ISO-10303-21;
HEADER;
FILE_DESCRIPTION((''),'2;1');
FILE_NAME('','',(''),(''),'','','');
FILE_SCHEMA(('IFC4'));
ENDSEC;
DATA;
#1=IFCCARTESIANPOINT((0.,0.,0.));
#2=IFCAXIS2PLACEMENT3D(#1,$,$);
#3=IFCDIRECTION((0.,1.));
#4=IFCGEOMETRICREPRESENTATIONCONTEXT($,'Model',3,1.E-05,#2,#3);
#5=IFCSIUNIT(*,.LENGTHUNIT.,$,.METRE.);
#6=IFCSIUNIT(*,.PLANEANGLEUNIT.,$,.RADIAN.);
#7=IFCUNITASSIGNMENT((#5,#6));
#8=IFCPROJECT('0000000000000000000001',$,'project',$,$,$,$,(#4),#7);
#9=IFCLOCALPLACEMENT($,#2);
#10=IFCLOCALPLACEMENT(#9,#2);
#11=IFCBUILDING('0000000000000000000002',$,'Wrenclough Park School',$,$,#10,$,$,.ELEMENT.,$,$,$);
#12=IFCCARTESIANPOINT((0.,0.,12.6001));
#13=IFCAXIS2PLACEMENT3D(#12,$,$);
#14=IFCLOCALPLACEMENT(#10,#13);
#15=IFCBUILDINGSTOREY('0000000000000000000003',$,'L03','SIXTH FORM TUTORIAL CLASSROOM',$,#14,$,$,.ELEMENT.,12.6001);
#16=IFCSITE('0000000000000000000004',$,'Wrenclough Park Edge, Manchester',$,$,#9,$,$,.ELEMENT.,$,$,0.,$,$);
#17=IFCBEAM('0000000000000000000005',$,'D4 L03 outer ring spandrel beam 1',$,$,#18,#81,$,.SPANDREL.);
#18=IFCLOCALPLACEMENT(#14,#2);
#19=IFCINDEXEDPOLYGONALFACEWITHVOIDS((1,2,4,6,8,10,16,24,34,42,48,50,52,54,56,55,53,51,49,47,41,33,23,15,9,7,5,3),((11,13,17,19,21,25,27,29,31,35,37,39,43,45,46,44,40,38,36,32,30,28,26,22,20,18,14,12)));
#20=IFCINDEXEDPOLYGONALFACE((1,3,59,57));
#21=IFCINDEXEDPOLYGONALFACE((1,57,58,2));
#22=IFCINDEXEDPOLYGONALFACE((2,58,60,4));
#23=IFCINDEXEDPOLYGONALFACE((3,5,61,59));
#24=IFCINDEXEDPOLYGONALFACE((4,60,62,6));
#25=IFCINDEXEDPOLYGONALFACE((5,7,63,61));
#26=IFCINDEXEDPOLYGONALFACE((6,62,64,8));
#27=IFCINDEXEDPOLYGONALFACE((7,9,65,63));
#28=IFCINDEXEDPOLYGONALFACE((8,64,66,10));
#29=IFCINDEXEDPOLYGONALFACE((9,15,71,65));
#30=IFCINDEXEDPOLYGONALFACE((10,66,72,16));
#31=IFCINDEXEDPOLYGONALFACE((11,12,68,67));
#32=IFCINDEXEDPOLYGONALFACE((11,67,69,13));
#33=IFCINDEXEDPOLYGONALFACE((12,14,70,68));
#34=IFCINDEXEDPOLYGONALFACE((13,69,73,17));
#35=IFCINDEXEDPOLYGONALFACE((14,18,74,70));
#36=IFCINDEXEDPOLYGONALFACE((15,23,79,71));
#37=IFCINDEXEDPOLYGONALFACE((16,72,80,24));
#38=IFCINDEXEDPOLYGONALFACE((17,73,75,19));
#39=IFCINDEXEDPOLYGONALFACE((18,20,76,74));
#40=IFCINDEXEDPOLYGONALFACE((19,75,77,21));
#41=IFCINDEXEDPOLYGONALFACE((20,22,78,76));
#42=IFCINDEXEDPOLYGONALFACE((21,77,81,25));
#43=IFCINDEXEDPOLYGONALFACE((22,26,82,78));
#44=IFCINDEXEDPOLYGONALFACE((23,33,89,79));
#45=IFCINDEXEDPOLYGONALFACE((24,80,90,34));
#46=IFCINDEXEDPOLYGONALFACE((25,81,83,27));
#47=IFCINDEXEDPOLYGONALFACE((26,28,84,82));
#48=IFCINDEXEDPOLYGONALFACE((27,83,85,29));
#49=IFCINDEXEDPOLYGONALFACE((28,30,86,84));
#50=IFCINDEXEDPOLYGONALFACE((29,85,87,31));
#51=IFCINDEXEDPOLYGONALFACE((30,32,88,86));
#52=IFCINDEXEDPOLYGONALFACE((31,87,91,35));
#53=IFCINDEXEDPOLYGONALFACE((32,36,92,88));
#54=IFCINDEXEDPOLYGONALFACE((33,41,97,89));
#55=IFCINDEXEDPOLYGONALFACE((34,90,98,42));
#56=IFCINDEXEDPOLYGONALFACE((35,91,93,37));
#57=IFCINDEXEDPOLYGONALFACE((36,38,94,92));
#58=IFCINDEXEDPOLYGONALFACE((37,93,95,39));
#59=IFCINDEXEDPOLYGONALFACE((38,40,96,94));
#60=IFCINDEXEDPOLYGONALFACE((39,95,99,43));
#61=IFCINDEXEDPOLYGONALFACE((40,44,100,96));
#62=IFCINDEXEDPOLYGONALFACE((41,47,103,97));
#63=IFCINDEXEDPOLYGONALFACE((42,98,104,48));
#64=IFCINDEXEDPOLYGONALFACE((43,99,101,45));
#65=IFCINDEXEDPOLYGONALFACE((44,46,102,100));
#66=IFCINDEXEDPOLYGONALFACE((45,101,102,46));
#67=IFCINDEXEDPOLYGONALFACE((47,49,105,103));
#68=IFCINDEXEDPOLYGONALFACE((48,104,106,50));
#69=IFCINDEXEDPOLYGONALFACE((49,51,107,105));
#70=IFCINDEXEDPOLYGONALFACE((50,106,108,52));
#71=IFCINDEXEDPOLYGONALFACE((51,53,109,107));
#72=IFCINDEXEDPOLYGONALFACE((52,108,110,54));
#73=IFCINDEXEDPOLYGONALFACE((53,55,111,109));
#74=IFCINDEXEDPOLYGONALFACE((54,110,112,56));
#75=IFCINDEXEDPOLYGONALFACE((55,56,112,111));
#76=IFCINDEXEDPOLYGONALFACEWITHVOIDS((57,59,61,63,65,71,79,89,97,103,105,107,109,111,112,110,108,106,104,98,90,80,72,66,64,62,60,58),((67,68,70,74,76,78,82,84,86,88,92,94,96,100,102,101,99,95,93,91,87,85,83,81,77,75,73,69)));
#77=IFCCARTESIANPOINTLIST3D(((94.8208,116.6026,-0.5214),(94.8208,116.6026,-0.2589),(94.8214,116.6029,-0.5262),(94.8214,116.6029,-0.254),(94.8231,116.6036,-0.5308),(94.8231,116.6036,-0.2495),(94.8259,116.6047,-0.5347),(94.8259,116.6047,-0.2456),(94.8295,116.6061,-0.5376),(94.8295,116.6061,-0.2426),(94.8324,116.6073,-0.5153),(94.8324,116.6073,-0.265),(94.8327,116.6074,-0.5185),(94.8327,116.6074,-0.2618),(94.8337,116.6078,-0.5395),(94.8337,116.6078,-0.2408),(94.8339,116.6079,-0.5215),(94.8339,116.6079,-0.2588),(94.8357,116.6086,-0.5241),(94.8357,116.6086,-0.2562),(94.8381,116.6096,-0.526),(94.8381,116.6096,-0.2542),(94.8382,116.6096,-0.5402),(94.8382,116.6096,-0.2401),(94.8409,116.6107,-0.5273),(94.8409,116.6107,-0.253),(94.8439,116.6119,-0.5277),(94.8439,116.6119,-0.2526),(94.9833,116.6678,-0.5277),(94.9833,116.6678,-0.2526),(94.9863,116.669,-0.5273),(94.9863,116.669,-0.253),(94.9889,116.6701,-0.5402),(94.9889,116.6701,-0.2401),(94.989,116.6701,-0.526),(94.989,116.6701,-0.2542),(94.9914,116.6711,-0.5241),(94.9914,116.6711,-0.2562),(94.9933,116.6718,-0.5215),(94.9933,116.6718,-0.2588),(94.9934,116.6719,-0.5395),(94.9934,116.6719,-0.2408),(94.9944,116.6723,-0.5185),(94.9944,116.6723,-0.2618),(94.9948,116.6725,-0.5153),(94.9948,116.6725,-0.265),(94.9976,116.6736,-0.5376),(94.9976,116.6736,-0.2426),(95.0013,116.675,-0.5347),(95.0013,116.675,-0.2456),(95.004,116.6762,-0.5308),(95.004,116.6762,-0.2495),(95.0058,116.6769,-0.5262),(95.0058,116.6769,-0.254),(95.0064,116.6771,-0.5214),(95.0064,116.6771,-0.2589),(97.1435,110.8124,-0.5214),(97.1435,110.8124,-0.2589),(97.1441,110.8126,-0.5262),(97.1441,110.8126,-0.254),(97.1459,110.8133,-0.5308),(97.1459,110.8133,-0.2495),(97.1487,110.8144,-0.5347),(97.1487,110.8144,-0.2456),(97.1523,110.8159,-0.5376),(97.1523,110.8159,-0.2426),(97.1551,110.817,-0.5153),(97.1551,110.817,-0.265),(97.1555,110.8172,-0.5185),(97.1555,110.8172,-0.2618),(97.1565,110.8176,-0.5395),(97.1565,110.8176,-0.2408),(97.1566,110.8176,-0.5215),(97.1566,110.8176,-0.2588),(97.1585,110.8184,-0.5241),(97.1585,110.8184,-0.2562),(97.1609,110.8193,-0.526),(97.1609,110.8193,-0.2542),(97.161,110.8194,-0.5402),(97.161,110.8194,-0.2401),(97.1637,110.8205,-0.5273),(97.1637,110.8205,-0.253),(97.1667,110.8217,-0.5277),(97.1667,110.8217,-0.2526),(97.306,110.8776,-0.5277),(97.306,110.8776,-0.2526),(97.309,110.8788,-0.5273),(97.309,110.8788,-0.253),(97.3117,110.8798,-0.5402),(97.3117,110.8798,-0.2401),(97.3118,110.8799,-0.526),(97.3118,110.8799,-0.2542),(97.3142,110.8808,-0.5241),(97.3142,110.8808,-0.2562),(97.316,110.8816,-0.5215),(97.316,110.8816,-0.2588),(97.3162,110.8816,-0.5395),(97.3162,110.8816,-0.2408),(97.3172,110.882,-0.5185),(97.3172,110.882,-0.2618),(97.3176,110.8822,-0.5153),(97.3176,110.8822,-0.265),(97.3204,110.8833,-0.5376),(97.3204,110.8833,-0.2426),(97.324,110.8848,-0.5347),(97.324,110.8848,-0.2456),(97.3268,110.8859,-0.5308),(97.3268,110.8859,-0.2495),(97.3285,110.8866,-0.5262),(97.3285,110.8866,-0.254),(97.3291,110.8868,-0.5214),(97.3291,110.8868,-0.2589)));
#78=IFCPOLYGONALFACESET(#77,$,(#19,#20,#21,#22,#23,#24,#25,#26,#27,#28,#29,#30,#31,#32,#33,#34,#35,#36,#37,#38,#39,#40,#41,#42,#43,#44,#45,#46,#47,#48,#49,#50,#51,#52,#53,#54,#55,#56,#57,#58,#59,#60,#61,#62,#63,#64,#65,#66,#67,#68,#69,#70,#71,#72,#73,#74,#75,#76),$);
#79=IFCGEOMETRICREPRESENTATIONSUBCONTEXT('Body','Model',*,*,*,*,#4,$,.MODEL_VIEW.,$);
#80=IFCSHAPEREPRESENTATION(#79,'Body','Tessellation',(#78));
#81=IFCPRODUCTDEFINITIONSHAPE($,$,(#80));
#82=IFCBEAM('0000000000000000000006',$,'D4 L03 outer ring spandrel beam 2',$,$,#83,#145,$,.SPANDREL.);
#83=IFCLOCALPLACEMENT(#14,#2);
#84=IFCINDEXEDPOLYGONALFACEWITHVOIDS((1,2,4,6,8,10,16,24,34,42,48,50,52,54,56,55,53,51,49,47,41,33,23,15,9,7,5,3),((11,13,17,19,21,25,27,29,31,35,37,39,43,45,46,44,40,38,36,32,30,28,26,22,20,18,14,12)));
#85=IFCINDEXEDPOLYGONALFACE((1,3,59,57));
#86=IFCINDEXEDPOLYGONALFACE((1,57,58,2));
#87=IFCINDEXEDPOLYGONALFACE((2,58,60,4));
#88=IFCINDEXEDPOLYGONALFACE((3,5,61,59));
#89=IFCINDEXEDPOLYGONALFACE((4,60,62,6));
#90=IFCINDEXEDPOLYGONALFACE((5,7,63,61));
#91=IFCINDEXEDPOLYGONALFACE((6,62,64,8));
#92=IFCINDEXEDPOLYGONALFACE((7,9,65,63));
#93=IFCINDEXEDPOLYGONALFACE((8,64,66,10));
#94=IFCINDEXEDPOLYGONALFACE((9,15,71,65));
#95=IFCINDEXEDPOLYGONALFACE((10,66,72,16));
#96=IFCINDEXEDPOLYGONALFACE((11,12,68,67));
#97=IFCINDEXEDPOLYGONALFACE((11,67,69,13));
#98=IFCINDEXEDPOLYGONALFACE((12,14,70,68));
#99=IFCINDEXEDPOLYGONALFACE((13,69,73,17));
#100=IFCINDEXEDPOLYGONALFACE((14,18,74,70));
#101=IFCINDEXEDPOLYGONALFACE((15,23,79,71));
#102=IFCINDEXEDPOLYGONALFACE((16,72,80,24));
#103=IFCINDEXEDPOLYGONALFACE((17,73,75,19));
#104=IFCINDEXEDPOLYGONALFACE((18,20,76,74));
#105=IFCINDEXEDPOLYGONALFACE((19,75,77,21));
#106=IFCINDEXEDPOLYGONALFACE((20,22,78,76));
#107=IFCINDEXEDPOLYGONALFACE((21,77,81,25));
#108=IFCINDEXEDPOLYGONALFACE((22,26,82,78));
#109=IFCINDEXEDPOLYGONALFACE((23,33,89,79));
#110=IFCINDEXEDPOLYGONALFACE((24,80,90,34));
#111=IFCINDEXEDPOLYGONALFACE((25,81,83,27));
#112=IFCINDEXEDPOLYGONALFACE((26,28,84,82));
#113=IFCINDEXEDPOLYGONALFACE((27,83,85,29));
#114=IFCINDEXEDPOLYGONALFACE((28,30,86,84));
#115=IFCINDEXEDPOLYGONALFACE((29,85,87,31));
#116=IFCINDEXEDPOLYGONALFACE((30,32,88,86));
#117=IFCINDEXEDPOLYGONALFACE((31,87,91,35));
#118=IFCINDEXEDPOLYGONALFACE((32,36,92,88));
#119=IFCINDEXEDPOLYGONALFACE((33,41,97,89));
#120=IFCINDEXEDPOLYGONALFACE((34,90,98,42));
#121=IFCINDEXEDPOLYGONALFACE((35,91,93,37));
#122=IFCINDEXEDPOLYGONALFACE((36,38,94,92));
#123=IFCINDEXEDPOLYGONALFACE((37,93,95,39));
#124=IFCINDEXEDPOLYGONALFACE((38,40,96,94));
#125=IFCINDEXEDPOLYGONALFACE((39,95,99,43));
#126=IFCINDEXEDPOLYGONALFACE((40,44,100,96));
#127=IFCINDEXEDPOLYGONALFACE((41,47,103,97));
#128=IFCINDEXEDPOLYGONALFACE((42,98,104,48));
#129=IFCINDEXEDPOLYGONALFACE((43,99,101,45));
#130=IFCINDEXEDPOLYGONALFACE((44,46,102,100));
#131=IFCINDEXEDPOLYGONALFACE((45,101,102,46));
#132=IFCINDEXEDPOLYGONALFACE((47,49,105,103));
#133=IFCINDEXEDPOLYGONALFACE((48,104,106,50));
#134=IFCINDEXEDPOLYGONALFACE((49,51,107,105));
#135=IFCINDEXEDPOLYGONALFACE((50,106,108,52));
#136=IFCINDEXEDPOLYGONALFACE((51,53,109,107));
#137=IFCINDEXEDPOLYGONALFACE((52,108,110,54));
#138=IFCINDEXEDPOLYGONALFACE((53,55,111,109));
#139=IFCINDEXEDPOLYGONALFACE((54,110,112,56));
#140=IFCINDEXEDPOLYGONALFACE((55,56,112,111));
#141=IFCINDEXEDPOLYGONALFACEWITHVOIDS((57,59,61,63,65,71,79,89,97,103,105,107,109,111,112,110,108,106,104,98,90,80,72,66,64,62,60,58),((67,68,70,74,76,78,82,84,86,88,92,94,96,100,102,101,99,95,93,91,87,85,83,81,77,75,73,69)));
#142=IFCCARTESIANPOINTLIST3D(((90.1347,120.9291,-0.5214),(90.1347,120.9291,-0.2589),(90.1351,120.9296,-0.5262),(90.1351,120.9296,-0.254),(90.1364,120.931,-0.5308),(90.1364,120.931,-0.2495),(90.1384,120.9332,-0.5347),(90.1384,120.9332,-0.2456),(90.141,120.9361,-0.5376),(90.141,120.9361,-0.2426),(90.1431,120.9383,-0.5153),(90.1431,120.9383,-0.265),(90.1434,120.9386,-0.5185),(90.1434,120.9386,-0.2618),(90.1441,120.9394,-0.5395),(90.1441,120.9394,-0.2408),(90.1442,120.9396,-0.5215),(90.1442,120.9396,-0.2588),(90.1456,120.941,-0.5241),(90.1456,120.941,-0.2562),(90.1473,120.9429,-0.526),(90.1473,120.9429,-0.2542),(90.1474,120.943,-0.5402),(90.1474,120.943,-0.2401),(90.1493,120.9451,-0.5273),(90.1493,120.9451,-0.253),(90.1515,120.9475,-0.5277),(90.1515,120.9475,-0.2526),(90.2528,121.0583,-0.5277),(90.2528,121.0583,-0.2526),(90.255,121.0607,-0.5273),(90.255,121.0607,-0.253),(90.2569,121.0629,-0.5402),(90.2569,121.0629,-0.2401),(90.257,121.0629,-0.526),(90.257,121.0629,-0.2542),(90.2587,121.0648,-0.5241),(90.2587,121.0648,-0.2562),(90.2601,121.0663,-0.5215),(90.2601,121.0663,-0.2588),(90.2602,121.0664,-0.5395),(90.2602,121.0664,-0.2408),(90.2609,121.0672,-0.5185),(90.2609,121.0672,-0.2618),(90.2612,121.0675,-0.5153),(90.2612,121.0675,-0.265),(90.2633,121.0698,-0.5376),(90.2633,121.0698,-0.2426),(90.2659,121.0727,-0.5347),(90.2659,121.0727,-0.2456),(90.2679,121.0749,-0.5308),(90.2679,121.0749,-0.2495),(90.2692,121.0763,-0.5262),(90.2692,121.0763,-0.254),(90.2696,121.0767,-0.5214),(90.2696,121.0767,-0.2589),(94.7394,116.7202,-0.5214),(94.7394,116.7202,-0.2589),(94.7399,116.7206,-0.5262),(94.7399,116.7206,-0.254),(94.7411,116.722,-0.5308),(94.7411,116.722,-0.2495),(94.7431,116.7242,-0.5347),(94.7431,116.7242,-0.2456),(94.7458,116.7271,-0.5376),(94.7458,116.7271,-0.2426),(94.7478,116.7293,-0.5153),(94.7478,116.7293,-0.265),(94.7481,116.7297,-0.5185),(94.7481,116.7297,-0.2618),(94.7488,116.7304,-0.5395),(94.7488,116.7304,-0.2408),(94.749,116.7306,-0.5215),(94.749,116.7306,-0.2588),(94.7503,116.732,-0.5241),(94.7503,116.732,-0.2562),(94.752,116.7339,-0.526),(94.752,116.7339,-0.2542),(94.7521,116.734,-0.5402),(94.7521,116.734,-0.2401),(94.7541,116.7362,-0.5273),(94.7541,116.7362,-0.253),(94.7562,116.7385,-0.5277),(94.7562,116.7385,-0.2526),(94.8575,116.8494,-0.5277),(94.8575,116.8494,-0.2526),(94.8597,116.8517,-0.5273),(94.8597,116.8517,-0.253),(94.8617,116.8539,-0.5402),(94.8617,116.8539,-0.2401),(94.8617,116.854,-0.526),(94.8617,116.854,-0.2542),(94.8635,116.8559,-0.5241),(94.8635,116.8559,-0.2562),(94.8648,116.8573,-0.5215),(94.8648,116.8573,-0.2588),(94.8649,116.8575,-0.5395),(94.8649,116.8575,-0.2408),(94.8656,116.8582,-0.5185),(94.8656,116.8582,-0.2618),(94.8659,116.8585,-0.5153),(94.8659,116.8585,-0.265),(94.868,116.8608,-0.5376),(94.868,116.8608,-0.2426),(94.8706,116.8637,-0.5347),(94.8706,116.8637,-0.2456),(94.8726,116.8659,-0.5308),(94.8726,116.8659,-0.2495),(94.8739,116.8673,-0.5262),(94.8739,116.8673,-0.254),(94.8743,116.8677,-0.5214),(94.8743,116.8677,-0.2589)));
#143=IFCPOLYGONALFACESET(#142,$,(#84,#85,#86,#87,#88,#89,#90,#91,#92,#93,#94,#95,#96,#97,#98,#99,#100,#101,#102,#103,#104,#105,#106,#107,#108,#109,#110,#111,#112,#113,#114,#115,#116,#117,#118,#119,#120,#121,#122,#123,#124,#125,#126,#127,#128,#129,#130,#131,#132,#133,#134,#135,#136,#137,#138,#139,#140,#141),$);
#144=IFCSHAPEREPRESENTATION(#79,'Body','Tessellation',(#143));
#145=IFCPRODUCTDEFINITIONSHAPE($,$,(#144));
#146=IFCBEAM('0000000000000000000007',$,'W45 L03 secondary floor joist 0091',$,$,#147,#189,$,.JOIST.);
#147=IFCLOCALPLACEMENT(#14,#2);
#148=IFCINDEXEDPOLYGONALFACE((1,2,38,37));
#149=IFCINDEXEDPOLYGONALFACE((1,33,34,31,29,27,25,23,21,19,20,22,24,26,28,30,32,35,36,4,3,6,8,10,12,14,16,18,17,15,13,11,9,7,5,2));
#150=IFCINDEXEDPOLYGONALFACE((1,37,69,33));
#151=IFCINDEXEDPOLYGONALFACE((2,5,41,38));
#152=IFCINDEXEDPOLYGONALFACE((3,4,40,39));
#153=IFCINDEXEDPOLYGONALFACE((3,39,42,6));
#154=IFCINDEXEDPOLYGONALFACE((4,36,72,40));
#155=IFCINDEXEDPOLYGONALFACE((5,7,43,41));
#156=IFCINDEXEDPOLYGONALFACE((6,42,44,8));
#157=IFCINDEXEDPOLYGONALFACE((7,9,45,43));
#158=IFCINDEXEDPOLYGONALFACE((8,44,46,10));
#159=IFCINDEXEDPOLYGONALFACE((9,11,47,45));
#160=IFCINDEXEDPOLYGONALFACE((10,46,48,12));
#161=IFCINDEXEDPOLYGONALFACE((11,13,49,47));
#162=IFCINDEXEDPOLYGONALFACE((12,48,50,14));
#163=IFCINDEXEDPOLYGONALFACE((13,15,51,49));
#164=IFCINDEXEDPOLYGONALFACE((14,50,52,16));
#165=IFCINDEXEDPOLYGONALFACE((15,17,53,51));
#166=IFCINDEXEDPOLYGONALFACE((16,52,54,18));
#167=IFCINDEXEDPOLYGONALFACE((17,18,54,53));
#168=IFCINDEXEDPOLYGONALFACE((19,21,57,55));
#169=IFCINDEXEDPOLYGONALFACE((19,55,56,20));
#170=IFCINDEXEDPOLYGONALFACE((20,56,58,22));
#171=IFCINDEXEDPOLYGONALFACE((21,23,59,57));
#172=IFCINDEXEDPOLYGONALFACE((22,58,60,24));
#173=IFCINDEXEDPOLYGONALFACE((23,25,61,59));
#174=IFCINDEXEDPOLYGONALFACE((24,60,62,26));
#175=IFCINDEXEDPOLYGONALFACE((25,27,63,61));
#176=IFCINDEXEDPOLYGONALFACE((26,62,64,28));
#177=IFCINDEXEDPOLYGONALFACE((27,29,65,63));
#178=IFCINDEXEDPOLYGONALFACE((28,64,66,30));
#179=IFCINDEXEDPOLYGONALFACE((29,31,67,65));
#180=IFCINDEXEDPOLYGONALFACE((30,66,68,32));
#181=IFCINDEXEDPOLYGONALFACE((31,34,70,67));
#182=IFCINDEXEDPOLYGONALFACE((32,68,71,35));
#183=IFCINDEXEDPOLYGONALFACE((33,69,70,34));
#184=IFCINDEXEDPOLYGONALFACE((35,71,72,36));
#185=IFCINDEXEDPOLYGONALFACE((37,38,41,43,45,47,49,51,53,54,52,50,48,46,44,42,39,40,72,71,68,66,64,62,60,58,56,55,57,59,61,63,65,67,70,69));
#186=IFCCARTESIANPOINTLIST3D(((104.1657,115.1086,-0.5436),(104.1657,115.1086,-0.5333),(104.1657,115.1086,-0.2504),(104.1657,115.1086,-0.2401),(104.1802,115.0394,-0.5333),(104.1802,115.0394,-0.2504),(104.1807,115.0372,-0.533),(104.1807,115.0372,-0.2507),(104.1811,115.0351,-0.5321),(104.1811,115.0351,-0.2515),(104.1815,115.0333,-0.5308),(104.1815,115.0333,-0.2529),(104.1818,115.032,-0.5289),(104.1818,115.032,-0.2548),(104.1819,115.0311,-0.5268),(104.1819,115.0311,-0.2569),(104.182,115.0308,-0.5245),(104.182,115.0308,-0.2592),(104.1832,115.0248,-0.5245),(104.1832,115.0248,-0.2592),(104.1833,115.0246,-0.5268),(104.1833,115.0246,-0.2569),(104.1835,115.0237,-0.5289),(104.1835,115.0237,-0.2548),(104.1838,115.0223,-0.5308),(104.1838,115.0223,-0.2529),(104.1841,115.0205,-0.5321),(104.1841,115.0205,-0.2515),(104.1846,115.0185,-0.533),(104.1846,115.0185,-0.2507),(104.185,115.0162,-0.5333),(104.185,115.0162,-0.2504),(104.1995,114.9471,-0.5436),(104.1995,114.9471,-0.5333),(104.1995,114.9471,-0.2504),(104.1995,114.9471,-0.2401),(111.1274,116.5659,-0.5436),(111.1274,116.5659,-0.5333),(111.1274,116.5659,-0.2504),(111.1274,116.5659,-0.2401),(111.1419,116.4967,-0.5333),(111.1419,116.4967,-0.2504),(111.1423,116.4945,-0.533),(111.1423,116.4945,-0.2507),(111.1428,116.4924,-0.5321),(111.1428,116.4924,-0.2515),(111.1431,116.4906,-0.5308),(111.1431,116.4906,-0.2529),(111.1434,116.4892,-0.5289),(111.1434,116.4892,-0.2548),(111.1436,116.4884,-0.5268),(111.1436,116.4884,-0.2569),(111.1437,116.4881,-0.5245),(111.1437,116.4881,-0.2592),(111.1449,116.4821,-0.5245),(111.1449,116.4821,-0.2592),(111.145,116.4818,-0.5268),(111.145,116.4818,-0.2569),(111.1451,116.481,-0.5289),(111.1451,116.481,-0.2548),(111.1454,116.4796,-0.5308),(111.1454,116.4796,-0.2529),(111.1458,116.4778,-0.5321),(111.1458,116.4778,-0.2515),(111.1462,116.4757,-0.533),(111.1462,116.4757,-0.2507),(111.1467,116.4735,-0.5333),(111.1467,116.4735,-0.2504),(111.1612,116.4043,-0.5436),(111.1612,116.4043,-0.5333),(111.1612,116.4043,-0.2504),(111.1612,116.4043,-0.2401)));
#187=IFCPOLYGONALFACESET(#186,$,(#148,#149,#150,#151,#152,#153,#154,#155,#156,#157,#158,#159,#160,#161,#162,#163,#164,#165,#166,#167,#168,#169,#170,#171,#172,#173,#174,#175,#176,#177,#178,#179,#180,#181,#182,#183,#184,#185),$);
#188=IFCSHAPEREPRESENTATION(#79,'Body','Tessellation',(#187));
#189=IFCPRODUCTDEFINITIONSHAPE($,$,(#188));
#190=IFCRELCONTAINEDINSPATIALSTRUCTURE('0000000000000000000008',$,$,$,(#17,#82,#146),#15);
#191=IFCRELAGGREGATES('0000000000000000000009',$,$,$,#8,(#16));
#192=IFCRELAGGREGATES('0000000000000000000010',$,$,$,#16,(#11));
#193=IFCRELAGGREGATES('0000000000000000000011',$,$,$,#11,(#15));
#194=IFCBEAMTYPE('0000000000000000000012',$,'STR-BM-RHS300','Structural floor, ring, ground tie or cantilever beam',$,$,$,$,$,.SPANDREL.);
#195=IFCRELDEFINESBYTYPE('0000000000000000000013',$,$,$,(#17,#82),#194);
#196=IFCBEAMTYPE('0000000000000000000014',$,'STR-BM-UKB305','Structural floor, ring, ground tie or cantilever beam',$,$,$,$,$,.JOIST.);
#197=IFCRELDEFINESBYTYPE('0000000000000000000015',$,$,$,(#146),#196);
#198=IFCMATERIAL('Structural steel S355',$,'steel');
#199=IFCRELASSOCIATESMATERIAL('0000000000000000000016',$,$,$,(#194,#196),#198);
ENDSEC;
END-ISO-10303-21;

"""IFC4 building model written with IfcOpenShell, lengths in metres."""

from ifc_helpers import new_model, si_unit, direction, frame, origin, origin_2d, place, context, subcontext, project, spatial, hollow_rectangle, i_section, extrude, material, material_profile, profile_set, type_object, element, save


model = new_model("IFC4")

# Units and contexts
model_context = context("Model", 3, precision=1e-05, world=origin(), true_north=direction((0.0, 1.0)))
body_context = subcontext(model_context, "Body", "Model", "MODEL_VIEW")
ifc_project = project(units=[si_unit("LENGTHUNIT", "METRE"), si_unit("PLANEANGLEUNIT", "RADIAN")], contexts=[model_context])

# Site, building, storey
site_placement = place(None, origin())
site = spatial("IfcSite", under=ifc_project, at=site_placement, Name="Wrenclough Park Edge, Manchester", CompositionType="ELEMENT", RefElevation=0.0)
building_placement = place(site_placement, origin())
building = spatial("IfcBuilding", under=site, at=building_placement, Name="Wrenclough Park School", CompositionType="ELEMENT")
storey_placement = place(building_placement, frame((0.0, 0.0, 12.6001)))
storey = spatial("IfcBuildingStorey", under=building, at=storey_placement, Name="L03", Description="SIXTH FORM TUTORIAL CLASSROOM", CompositionType="ELEMENT", Elevation=12.6001)

# Shared definitions
ifc_material_1 = material(Name="Structural steel S355", Category="steel")

# Beams
ifc_material_profile_1 = material_profile(ifc_material_1, hollow_rectangle(XDim=0.2, YDim=0.3, WallThickness=0.0125, InnerFilletRadius=0.0125, OuterFilletRadius=0.0188, at=origin_2d()), Name="RHS 300x200x12.5")
ifc_profile_set_1 = profile_set([ifc_material_profile_1], Name="Structural steel S355")
beam_type_1 = type_object("IfcBeamType", Name="STR-BM-RHS300", Description="Structural floor, ring, ground tie or cantilever beam", PredefinedType="SPANDREL", material=ifc_profile_set_1)
beam_1_placement = place(storey_placement, frame((97.2363, 110.8496, -0.3901), z_axis=(-0.372308, 0.928109, 0.0), x_axis=(-0.928109, -0.372308, 0.0)))
element("IfcBeam", 1, at=beam_1_placement, inside=storey, type_object=beam_type_1, Name="D4 L03 outer ring spandrel beam 1", PredefinedType="SPANDREL", context=body_context, shape_type="SweptSolid", body=[
    extrude(hollow_rectangle(XDim=0.2, YDim=0.3, WallThickness=0.0125, InnerFilletRadius=0.0125, OuterFilletRadius=0.0188, at=origin_2d()), origin(), (0.0, 0.0, 1.0), 6.2388),
])
beam_2_placement = place(storey_placement, frame((94.8069, 116.7939, -0.3901), z_axis=(-0.738113, 0.674677, 0.0), x_axis=(-0.674677, -0.738113, 0.0)))
element("IfcBeam", 2, at=beam_2_placement, inside=storey, type_object=beam_type_1, Name="D4 L03 outer ring spandrel beam 2", PredefinedType="SPANDREL", context=body_context, shape_type="SweptSolid", body=[
    extrude(hollow_rectangle(XDim=0.2, YDim=0.3, WallThickness=0.0125, InnerFilletRadius=0.0125, OuterFilletRadius=0.0188, at=origin_2d()), origin(), (0.0, 0.0, 1.0), 6.2385),
])
ifc_material_profile_2 = material_profile(ifc_material_1, i_section(OverallWidth=0.165, OverallDepth=0.3035, WebThickness=0.0061, FlangeThickness=0.0103, FilletRadius=0.0088, at=origin_2d()), Name="UKB 305x165x40")
ifc_profile_set_2 = profile_set([ifc_material_profile_2], Name="Structural steel S355")
beam_type_2 = type_object("IfcBeamType", Name="STR-BM-UKB305", Description="Structural floor, ring, ground tie or cantilever beam", PredefinedType="JOIST", material=ifc_profile_set_2)
beam_3_placement = place(storey_placement, frame((104.1826, 115.0278, -0.3918), z_axis=(0.978786, 0.204888, 0.0), x_axis=(-0.204888, 0.978786, 0.0)))
element("IfcBeam", 3, at=beam_3_placement, inside=storey, type_object=beam_type_2, Name="W45 L03 secondary floor joist 0091", PredefinedType="JOIST", context=body_context, shape_type="SweptSolid", body=[
    extrude(i_section(OverallWidth=0.165, OverallDepth=0.3035, WebThickness=0.0061, FlangeThickness=0.0103, FilletRadius=0.0088, at=origin_2d()), origin(), (0.0, 0.0, 1.0), 7.1125),
])

save(model, "model.ifc")
